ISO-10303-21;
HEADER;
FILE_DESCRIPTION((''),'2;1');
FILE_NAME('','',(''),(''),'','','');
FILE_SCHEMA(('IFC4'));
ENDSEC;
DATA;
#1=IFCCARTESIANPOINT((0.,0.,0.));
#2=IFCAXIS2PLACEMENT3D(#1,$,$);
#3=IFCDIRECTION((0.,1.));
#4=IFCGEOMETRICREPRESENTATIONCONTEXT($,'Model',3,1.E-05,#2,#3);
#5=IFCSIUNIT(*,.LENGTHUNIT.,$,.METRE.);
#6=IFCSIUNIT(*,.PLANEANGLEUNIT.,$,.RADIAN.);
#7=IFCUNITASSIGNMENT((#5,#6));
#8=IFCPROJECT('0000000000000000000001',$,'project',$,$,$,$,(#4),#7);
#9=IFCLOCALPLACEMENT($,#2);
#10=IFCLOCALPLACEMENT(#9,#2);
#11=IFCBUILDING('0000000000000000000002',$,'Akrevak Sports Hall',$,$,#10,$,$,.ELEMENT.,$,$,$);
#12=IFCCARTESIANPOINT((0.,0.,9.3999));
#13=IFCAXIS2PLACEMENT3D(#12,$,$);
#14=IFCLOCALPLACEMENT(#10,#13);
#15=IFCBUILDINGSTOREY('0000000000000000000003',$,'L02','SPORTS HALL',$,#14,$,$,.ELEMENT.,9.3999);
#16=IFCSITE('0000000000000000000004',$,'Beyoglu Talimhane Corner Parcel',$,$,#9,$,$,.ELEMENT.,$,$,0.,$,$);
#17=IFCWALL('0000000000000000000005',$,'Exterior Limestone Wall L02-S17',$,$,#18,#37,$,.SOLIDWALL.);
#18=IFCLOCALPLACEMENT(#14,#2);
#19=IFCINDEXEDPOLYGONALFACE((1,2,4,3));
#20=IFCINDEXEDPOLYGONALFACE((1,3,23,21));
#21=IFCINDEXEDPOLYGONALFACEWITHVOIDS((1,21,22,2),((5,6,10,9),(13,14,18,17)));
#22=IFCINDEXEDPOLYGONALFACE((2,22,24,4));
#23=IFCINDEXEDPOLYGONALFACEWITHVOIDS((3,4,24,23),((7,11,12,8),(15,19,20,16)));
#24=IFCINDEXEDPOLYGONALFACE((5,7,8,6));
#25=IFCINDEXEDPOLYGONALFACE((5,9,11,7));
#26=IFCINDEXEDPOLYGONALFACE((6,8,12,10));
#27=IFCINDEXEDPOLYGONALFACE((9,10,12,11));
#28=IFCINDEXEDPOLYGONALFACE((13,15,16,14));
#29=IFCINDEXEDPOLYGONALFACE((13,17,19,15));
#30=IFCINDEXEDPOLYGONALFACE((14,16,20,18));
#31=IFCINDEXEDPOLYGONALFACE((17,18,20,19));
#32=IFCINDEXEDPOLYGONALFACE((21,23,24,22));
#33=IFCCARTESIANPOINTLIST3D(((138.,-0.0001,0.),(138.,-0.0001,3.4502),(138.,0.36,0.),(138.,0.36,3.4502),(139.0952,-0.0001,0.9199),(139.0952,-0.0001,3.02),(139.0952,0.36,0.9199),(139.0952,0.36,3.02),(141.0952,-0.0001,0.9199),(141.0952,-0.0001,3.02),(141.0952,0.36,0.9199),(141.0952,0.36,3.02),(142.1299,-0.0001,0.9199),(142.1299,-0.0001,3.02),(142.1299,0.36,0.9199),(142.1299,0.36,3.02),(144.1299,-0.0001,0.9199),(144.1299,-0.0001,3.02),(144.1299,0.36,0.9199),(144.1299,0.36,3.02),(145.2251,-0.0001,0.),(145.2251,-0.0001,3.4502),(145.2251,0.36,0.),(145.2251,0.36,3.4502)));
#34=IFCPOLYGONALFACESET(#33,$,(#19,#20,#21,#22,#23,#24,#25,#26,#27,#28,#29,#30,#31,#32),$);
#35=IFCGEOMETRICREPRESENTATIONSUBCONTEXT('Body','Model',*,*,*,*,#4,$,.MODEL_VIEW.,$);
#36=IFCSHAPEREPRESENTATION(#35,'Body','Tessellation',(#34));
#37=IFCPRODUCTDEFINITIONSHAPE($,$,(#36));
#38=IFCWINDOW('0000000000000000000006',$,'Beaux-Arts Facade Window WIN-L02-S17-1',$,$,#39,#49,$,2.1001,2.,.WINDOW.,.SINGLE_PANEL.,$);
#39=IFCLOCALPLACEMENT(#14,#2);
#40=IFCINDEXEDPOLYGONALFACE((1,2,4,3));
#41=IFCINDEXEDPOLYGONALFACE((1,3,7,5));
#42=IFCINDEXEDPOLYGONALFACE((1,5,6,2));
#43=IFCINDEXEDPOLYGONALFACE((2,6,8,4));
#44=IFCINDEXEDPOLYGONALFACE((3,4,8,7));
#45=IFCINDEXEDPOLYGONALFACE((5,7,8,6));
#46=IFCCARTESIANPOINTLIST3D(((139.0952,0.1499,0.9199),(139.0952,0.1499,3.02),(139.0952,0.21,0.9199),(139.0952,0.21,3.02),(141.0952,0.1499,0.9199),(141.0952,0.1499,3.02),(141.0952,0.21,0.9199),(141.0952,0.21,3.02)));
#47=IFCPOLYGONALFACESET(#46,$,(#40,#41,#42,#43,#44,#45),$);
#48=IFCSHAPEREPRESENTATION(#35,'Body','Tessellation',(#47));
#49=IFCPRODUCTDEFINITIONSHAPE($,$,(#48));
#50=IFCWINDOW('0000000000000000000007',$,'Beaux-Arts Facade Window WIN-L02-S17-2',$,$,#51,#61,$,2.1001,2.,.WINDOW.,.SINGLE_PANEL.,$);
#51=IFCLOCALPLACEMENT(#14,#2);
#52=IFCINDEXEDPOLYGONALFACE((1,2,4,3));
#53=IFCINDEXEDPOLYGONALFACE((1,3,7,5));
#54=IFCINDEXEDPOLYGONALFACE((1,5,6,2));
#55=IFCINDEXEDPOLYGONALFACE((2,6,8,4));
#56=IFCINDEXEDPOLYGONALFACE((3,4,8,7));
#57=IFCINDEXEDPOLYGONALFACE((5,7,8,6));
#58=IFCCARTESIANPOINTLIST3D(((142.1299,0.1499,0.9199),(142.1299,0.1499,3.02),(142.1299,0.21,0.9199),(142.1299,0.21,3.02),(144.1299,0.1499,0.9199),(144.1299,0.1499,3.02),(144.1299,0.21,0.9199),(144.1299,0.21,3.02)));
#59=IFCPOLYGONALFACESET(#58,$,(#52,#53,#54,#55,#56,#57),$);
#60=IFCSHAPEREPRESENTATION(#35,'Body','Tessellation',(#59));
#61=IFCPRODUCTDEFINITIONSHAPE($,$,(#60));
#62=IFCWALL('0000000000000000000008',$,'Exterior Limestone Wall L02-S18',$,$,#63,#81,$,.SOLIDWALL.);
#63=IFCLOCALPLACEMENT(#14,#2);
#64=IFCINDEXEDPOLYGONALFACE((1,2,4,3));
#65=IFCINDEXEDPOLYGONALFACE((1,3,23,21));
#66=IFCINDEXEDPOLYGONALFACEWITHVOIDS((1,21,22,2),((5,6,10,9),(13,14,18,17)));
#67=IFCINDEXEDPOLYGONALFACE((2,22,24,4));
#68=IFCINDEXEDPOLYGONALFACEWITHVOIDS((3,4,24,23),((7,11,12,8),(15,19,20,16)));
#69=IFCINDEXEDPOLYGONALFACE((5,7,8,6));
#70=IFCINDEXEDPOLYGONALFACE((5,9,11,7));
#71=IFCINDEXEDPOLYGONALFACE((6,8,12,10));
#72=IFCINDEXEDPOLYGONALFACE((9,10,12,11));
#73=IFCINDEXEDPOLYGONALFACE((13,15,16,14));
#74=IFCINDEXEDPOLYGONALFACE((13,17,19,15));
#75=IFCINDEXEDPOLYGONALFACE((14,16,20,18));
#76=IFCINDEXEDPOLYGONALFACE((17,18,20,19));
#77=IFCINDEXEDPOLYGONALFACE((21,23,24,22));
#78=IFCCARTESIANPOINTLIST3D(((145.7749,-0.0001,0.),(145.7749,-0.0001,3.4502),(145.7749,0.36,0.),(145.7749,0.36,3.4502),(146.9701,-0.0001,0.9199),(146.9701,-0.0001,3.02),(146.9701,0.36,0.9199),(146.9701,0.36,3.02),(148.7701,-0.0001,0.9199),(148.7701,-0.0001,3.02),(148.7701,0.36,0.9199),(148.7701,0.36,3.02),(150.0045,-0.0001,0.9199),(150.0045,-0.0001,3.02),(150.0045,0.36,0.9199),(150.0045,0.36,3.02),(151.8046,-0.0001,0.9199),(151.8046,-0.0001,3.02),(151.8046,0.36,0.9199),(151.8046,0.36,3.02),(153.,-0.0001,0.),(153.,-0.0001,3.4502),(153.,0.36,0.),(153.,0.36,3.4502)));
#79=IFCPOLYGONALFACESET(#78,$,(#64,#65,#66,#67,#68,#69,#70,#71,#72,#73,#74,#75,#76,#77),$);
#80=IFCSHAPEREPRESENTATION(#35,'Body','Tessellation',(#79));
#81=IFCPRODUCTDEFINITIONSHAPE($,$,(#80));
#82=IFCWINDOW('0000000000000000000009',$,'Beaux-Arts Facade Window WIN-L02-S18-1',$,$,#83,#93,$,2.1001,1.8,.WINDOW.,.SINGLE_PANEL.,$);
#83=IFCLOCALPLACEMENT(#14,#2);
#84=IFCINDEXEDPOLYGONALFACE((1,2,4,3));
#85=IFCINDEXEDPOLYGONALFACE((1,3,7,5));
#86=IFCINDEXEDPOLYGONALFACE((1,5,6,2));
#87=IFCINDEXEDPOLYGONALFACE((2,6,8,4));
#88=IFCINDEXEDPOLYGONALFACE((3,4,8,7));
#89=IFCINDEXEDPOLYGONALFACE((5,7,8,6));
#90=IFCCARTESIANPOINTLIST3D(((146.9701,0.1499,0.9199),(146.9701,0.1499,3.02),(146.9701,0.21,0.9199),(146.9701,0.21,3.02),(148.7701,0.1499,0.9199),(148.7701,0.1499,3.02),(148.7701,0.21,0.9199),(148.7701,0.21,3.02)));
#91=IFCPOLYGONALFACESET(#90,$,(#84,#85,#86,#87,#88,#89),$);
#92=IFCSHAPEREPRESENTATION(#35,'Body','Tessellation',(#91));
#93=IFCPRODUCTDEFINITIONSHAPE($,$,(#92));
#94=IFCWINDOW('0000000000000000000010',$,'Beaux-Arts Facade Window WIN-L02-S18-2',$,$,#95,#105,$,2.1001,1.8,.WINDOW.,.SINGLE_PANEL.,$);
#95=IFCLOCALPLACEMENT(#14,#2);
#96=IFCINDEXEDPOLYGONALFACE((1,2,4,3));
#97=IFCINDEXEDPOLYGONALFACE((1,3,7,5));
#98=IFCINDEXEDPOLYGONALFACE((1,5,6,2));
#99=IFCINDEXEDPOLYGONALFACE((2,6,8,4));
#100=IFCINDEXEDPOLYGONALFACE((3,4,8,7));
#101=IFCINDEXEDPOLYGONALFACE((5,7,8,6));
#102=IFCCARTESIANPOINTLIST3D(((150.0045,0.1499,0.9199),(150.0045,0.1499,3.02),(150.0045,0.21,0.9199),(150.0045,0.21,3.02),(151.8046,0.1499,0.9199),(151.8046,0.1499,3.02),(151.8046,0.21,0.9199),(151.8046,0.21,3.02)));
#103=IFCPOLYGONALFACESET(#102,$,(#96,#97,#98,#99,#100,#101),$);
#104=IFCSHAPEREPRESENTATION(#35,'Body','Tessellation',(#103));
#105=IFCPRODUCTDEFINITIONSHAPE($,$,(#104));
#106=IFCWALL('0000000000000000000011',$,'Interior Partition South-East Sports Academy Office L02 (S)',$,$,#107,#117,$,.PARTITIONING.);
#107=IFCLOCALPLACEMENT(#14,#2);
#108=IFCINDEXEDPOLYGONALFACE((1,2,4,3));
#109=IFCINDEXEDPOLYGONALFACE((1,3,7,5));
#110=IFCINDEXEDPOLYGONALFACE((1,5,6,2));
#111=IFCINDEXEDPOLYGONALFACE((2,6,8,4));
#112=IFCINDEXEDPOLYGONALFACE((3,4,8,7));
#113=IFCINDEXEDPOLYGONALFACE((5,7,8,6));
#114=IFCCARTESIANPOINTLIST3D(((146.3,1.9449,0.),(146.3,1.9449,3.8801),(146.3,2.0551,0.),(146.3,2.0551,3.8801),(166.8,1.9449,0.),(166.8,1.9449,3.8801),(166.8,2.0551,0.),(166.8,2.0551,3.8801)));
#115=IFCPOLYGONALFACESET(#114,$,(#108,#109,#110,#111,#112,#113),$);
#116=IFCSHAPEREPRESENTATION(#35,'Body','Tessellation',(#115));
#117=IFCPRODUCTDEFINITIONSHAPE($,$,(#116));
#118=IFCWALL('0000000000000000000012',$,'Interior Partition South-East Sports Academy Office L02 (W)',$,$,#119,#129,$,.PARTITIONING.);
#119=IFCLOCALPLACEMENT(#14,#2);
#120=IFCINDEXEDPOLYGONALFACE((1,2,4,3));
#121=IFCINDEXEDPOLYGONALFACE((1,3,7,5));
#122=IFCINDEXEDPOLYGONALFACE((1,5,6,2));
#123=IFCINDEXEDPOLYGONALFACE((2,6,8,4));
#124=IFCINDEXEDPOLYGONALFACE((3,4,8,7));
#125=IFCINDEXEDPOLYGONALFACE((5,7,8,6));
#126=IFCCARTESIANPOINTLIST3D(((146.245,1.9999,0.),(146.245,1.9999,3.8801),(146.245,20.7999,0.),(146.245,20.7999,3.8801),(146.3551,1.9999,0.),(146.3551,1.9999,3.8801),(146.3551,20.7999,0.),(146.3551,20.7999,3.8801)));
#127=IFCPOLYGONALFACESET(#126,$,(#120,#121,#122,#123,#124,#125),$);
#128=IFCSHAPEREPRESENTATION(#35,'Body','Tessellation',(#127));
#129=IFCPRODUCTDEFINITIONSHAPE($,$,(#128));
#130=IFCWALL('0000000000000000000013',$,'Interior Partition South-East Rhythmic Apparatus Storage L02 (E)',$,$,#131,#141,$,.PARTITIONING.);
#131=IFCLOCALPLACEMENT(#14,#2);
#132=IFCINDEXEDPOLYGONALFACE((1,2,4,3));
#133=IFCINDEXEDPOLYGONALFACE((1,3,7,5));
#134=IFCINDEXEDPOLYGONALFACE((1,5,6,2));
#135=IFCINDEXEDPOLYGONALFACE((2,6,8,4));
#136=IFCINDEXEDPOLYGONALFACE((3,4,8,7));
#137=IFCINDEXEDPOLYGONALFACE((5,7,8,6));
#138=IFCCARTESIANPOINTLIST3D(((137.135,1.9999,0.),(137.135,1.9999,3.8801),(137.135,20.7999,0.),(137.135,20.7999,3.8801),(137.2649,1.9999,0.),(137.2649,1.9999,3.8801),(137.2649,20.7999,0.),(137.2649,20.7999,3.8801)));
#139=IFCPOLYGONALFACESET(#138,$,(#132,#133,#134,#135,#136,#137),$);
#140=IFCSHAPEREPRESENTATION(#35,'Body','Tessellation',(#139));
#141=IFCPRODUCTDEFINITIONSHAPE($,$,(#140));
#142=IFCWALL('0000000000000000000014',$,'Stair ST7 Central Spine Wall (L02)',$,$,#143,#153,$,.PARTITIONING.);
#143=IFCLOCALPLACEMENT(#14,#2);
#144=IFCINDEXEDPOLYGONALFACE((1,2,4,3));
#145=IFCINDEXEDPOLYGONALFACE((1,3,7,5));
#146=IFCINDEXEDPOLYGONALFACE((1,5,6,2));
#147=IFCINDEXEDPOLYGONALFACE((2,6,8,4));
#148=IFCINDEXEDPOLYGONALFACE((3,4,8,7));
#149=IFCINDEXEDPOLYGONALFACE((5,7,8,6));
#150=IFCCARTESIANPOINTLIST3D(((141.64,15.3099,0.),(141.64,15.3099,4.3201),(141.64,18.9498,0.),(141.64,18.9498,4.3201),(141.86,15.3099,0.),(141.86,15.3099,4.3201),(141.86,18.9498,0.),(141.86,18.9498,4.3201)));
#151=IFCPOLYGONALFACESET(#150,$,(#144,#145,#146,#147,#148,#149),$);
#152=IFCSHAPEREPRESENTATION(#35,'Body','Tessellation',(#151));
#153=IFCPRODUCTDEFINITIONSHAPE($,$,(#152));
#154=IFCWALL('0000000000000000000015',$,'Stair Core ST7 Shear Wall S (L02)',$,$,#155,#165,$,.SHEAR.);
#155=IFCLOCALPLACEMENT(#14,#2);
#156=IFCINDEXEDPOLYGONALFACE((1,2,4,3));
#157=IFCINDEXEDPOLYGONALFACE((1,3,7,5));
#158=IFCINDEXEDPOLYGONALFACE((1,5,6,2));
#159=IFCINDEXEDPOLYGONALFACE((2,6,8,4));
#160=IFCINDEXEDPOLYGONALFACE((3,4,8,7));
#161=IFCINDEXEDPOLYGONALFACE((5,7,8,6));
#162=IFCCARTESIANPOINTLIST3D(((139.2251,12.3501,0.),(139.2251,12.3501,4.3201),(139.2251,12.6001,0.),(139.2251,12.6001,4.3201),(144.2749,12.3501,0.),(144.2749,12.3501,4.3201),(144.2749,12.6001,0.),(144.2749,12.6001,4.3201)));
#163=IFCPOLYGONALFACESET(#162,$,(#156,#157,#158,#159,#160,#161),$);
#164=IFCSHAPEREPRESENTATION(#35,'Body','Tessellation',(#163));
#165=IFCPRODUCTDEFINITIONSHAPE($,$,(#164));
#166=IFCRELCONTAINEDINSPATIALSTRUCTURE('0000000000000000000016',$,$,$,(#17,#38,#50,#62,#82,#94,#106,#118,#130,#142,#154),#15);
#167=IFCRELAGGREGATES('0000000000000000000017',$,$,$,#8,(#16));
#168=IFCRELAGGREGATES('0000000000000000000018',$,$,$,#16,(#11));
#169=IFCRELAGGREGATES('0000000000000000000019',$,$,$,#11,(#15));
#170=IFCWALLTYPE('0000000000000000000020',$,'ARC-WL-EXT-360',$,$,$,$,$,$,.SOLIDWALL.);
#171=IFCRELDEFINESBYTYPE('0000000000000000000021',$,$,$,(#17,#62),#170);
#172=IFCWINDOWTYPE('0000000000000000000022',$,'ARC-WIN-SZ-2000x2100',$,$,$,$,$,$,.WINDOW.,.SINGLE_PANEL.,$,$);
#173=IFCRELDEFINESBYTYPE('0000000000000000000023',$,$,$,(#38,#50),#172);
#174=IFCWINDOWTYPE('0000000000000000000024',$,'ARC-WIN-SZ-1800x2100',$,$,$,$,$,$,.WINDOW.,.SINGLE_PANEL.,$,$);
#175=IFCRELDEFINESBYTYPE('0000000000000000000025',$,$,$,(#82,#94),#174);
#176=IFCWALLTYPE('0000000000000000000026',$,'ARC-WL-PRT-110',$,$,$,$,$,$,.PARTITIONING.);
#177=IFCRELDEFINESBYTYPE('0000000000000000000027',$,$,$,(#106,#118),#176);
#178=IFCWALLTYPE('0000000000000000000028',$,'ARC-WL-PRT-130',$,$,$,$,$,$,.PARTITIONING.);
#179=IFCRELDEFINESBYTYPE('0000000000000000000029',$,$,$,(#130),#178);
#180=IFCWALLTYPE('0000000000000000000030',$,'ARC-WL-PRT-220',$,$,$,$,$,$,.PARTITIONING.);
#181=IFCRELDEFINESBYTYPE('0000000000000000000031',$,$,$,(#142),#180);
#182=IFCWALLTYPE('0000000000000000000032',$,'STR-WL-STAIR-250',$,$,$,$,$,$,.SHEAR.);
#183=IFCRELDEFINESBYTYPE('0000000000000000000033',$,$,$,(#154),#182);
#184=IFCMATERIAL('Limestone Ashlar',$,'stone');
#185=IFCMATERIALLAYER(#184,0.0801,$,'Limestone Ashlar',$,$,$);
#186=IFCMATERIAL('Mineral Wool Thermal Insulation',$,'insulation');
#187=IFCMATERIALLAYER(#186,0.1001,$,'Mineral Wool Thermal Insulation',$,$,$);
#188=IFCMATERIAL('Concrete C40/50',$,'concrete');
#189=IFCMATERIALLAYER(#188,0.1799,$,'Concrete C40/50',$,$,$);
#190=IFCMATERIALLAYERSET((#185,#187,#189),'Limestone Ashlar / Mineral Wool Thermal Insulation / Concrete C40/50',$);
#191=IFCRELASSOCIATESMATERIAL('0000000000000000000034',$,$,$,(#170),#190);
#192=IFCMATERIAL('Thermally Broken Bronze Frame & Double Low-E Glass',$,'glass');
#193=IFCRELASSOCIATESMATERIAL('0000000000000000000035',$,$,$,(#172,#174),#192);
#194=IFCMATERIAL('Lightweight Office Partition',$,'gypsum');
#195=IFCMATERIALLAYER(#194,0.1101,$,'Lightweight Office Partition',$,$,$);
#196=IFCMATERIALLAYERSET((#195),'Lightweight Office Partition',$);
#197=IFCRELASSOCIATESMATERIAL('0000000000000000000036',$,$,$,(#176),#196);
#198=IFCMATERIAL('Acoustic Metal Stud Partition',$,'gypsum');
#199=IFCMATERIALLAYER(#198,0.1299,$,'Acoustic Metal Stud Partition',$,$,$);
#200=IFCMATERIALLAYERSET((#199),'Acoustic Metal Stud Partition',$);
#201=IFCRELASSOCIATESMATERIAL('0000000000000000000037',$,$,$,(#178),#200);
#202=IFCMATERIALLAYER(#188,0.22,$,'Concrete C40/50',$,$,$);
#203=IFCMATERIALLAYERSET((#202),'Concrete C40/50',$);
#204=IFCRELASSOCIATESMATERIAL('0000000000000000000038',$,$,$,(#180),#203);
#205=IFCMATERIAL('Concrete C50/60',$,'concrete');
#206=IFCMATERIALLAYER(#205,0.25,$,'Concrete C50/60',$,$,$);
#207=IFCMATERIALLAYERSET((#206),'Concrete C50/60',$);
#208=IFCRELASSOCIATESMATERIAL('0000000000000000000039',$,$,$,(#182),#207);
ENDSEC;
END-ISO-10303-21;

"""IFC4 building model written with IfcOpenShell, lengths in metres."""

from ifc_helpers import new_model, si_unit, direction, frame, frame_2d, origin, place, context, subcontext, project, spatial, rectangle, extrude, material, layer, layer_set, type_object, element, fill, save


model = new_model("IFC4")

# Units and contexts
model_context = context("Model", 3, precision=1e-05, world=origin(), true_north=direction((0.0, 1.0)))
body_context = subcontext(model_context, "Body", "Model", "MODEL_VIEW")
ifc_project = project(units=[si_unit("LENGTHUNIT", "METRE"), si_unit("PLANEANGLEUNIT", "RADIAN")], contexts=[model_context])

# Site, building, storey
site_placement = place(None, origin())
site = spatial("IfcSite", under=ifc_project, at=site_placement, Name="Beyoglu Talimhane Corner Parcel", CompositionType="ELEMENT", RefElevation=0.0)
building_placement = place(site_placement, origin())
building = spatial("IfcBuilding", under=site, at=building_placement, Name="Akrevak Sports Hall", CompositionType="ELEMENT")
storey_placement = place(building_placement, frame((0.0, 0.0, 9.3999)))
storey = spatial("IfcBuildingStorey", under=building, at=storey_placement, Name="L02", Description="SPORTS HALL", CompositionType="ELEMENT", Elevation=9.3999)

# Shared definitions
ifc_material_1 = material(Name="Concrete C40/50", Category="concrete")

# Shared definitions
ifc_material_2 = material(Name="Concrete C50/60", Category="concrete")

# Walls, openings, windows
ifc_material_3 = material(Name="Limestone Ashlar", Category="stone")
ifc_layer_1 = layer(ifc_material_3, 0.0801, Name="Limestone Ashlar")
ifc_material_4 = material(Name="Mineral Wool Thermal Insulation", Category="insulation")
ifc_layer_2 = layer(ifc_material_4, 0.1001, Name="Mineral Wool Thermal Insulation")
ifc_layer_3 = layer(ifc_material_1, 0.1799, Name="Concrete C40/50")
ifc_layer_set_1 = layer_set([ifc_layer_1, ifc_layer_2, ifc_layer_3], Name="Limestone Ashlar / Mineral Wool Thermal Insulation / Concrete C40/50")
wall_type_1 = type_object("IfcWallType", Name="ARC-WL-EXT-360", PredefinedType="SOLIDWALL", material=ifc_layer_set_1)
ifc_material_5 = material(Name="Thermally Broken Bronze Frame & Double Low-E Glass", Category="glass")
window_type_1 = type_object("IfcWindowType", Name="ARC-WIN-SZ-2000x2100", PartitioningType="SINGLE_PANEL", PredefinedType="WINDOW", material=ifc_material_5)
wall_1_placement = place(storey_placement, frame((138.0, 0.1799, 0.0), z_axis=(0.0, 0.0, 1.0), x_axis=(1.0, 0.0, 0.0)))
wall_1 = element("IfcWall", 1, at=wall_1_placement, inside=storey, type_object=wall_type_1, Name="Exterior Limestone Wall L02-S17", PredefinedType="SOLIDWALL", context=body_context, shape_type="SweptSolid", body=[
    extrude(rectangle(XDim=7.2251, YDim=0.3601, at=frame_2d((3.6125, 0.0))), origin(), (0.0, 0.0, 1.0), 3.4502),
])
opening_1_placement = place(wall_1_placement, frame((1.0952, 0.0, 0.9199)))
opening_1 = element("IfcOpeningElement", 2, at=opening_1_placement, cuts=wall_1, PredefinedType="OPENING", context=body_context, shape_type="SweptSolid", body=[
    extrude(rectangle(XDim=2.0, YDim=2.1001, at=frame_2d((1.0, 1.05))), frame((0.0, 0.1919, 0.0), z_axis=(0.0, -1.0, 0.0), x_axis=(1.0, 0.0, 0.0)), (0.0, 0.0, 1.0), 0.384),
])
opening_2_placement = place(wall_1_placement, frame((4.1299, 0.0, 0.9199)))
opening_2 = element("IfcOpeningElement", 3, at=opening_2_placement, cuts=wall_1, PredefinedType="OPENING", context=body_context, shape_type="SweptSolid", body=[
    extrude(rectangle(XDim=2.0, YDim=2.1001, at=frame_2d((1.0, 1.05))), frame((0.0, 0.1919, 0.0), z_axis=(0.0, -1.0, 0.0), x_axis=(1.0, 0.0, 0.0)), (0.0, 0.0, 1.0), 0.384),
])
window_1_placement = place(opening_1_placement, origin())
window_1 = element("IfcWindow", 4, at=window_1_placement, inside=storey, type_object=window_type_1, Name="Beaux-Arts Facade Window WIN-L02-S17-1", OverallHeight=2.1001, OverallWidth=2.0, PartitioningType="SINGLE_PANEL", PredefinedType="WINDOW", context=body_context, shape_type="SweptSolid", body=[
    extrude(rectangle(XDim=2.0, YDim=2.1001, at=frame_2d((1.0, 1.05))), frame((0.0, 0.03, 0.0), z_axis=(0.0, -1.0, 0.0), x_axis=(1.0, 0.0, 0.0)), (0.0, 0.0, 1.0), 0.0601),
])
fill(opening_1, window_1)
window_2_placement = place(opening_2_placement, origin())
window_2 = element("IfcWindow", 5, at=window_2_placement, inside=storey, type_object=window_type_1, Name="Beaux-Arts Facade Window WIN-L02-S17-2", OverallHeight=2.1001, OverallWidth=2.0, PartitioningType="SINGLE_PANEL", PredefinedType="WINDOW", context=body_context, shape_type="SweptSolid", body=[
    extrude(rectangle(XDim=2.0, YDim=2.1001, at=frame_2d((1.0, 1.05))), frame((0.0, 0.03, 0.0), z_axis=(0.0, -1.0, 0.0), x_axis=(1.0, 0.0, 0.0)), (0.0, 0.0, 1.0), 0.0601),
])
fill(opening_2, window_2)
wall_2_placement = place(storey_placement, frame((145.7749, 0.1799, 0.0), z_axis=(0.0, 0.0, 1.0), x_axis=(1.0, 0.0, 0.0)))
wall_2 = element("IfcWall", 6, at=wall_2_placement, inside=storey, type_object=wall_type_1, Name="Exterior Limestone Wall L02-S18", PredefinedType="SOLIDWALL", context=body_context, shape_type="SweptSolid", body=[
    extrude(rectangle(XDim=7.2251, YDim=0.3601, at=frame_2d((3.6125, 0.0))), origin(), (0.0, 0.0, 1.0), 3.4502),
])
opening_3_placement = place(wall_2_placement, frame((1.1953, 0.0, 0.9199)))
opening_3 = element("IfcOpeningElement", 7, at=opening_3_placement, cuts=wall_2, PredefinedType="OPENING", context=body_context, shape_type="SweptSolid", body=[
    extrude(rectangle(XDim=1.8, YDim=2.1001, at=frame_2d((0.8999, 1.05))), frame((0.0, 0.1919, 0.0), z_axis=(0.0, -1.0, 0.0), x_axis=(1.0, 0.0, 0.0)), (0.0, 0.0, 1.0), 0.384),
])
opening_4_placement = place(wall_2_placement, frame((4.2297, 0.0, 0.9199)))
opening_4 = element("IfcOpeningElement", 8, at=opening_4_placement, cuts=wall_2, PredefinedType="OPENING", context=body_context, shape_type="SweptSolid", body=[
    extrude(rectangle(XDim=1.8, YDim=2.1001, at=frame_2d((0.8999, 1.05))), frame((0.0, 0.1919, 0.0), z_axis=(0.0, -1.0, 0.0), x_axis=(1.0, 0.0, 0.0)), (0.0, 0.0, 1.0), 0.384),
])
window_type_2 = type_object("IfcWindowType", Name="ARC-WIN-SZ-1800x2100", PartitioningType="SINGLE_PANEL", PredefinedType="WINDOW", material=ifc_material_5)
window_3_placement = place(opening_3_placement, origin())
window_3 = element("IfcWindow", 9, at=window_3_placement, inside=storey, type_object=window_type_2, Name="Beaux-Arts Facade Window WIN-L02-S18-1", OverallHeight=2.1001, OverallWidth=1.8, PartitioningType="SINGLE_PANEL", PredefinedType="WINDOW", context=body_context, shape_type="SweptSolid", body=[
    extrude(rectangle(XDim=1.8, YDim=2.1001, at=frame_2d((0.8999, 1.05))), frame((0.0, 0.03, 0.0), z_axis=(0.0, -1.0, 0.0), x_axis=(1.0, 0.0, 0.0)), (0.0, 0.0, 1.0), 0.0601),
])
fill(opening_3, window_3)
window_4_placement = place(opening_4_placement, origin())
window_4 = element("IfcWindow", 10, at=window_4_placement, inside=storey, type_object=window_type_2, Name="Beaux-Arts Facade Window WIN-L02-S18-2", OverallHeight=2.1001, OverallWidth=1.8, PartitioningType="SINGLE_PANEL", PredefinedType="WINDOW", context=body_context, shape_type="SweptSolid", body=[
    extrude(rectangle(XDim=1.8, YDim=2.1001, at=frame_2d((0.8999, 1.05))), frame((0.0, 0.03, 0.0), z_axis=(0.0, -1.0, 0.0), x_axis=(1.0, 0.0, 0.0)), (0.0, 0.0, 1.0), 0.0601),
])
fill(opening_4, window_4)

# Walls
ifc_material_6 = material(Name="Lightweight Office Partition", Category="gypsum")
ifc_layer_4 = layer(ifc_material_6, 0.1101, Name="Lightweight Office Partition")
ifc_layer_set_2 = layer_set([ifc_layer_4], Name="Lightweight Office Partition")
wall_type_2 = type_object("IfcWallType", Name="ARC-WL-PRT-110", PredefinedType="PARTITIONING", material=ifc_layer_set_2)
wall_3_placement = place(storey_placement, frame((146.3, 2.0, 0.0), z_axis=(0.0, 0.0, 1.0), x_axis=(1.0, 0.0, 0.0)))
element("IfcWall", 11, at=wall_3_placement, inside=storey, type_object=wall_type_2, Name="Interior Partition South-East Sports Academy Office L02 (S)", PredefinedType="PARTITIONING", context=body_context, shape_type="SweptSolid", body=[
    extrude(rectangle(XDim=20.5, YDim=0.1101, at=frame_2d((10.25, 0.0))), origin(), (0.0, 0.0, 1.0), 3.8801),
])
wall_4_placement = place(storey_placement, frame((146.3, 2.0, 0.0), z_axis=(0.0, 0.0, 1.0), x_axis=(0.0, 1.0, 0.0)))
element("IfcWall", 12, at=wall_4_placement, inside=storey, type_object=wall_type_2, Name="Interior Partition South-East Sports Academy Office L02 (W)", PredefinedType="PARTITIONING", context=body_context, shape_type="SweptSolid", body=[
    extrude(rectangle(XDim=18.8, YDim=0.1101, at=frame_2d((9.3999, 0.0))), origin(), (0.0, 0.0, 1.0), 3.8801),
])
ifc_material_7 = material(Name="Acoustic Metal Stud Partition", Category="gypsum")
ifc_layer_5 = layer(ifc_material_7, 0.1299, Name="Acoustic Metal Stud Partition")
ifc_layer_set_3 = layer_set([ifc_layer_5], Name="Acoustic Metal Stud Partition")
wall_type_3 = type_object("IfcWallType", Name="ARC-WL-PRT-130", PredefinedType="PARTITIONING", material=ifc_layer_set_3)
wall_5_placement = place(storey_placement, frame((137.2, 2.0, 0.0), z_axis=(0.0, 0.0, 1.0), x_axis=(0.0, 1.0, 0.0)))
element("IfcWall", 13, at=wall_5_placement, inside=storey, type_object=wall_type_3, Name="Interior Partition South-East Rhythmic Apparatus Storage L02 (E)", PredefinedType="PARTITIONING", context=body_context, shape_type="SweptSolid", body=[
    extrude(rectangle(XDim=18.8, YDim=0.1299, at=frame_2d((9.3999, 0.0))), origin(), (0.0, 0.0, 1.0), 3.8801),
])
ifc_layer_6 = layer(ifc_material_1, 0.22, Name="Concrete C40/50")
ifc_layer_set_4 = layer_set([ifc_layer_6], Name="Concrete C40/50")
wall_type_4 = type_object("IfcWallType", Name="ARC-WL-PRT-220", PredefinedType="PARTITIONING", material=ifc_layer_set_4)
wall_6_placement = place(storey_placement, frame((141.75, 15.3101, 0.0), z_axis=(0.0, 0.0, 1.0), x_axis=(0.0, 1.0, 0.0)))
element("IfcWall", 14, at=wall_6_placement, inside=storey, type_object=wall_type_4, Name="Stair ST7 Central Spine Wall (L02)", PredefinedType="PARTITIONING", context=body_context, shape_type="SweptSolid", body=[
    extrude(rectangle(XDim=3.6399, YDim=0.22, at=frame_2d((1.8198, 0.0))), origin(), (0.0, 0.0, 1.0), 4.3201),
])
ifc_layer_7 = layer(ifc_material_2, 0.25, Name="Concrete C50/60")
ifc_layer_set_5 = layer_set([ifc_layer_7], Name="Concrete C50/60")
wall_type_5 = type_object("IfcWallType", Name="STR-WL-STAIR-250", PredefinedType="SHEAR", material=ifc_layer_set_5)
wall_7_placement = place(storey_placement, frame((139.2251, 12.4751, 0.0), z_axis=(0.0, 0.0, 1.0), x_axis=(1.0, 0.0, 0.0)))
element("IfcWall", 15, at=wall_7_placement, inside=storey, type_object=wall_type_5, Name="Stair Core ST7 Shear Wall S (L02)", PredefinedType="SHEAR", context=body_context, shape_type="SweptSolid", body=[
    extrude(rectangle(XDim=5.0498, YDim=0.25, at=frame_2d((2.5249, 0.0))), origin(), (0.0, 0.0, 1.0), 4.3201),
])

save(model, "model.ifc")
